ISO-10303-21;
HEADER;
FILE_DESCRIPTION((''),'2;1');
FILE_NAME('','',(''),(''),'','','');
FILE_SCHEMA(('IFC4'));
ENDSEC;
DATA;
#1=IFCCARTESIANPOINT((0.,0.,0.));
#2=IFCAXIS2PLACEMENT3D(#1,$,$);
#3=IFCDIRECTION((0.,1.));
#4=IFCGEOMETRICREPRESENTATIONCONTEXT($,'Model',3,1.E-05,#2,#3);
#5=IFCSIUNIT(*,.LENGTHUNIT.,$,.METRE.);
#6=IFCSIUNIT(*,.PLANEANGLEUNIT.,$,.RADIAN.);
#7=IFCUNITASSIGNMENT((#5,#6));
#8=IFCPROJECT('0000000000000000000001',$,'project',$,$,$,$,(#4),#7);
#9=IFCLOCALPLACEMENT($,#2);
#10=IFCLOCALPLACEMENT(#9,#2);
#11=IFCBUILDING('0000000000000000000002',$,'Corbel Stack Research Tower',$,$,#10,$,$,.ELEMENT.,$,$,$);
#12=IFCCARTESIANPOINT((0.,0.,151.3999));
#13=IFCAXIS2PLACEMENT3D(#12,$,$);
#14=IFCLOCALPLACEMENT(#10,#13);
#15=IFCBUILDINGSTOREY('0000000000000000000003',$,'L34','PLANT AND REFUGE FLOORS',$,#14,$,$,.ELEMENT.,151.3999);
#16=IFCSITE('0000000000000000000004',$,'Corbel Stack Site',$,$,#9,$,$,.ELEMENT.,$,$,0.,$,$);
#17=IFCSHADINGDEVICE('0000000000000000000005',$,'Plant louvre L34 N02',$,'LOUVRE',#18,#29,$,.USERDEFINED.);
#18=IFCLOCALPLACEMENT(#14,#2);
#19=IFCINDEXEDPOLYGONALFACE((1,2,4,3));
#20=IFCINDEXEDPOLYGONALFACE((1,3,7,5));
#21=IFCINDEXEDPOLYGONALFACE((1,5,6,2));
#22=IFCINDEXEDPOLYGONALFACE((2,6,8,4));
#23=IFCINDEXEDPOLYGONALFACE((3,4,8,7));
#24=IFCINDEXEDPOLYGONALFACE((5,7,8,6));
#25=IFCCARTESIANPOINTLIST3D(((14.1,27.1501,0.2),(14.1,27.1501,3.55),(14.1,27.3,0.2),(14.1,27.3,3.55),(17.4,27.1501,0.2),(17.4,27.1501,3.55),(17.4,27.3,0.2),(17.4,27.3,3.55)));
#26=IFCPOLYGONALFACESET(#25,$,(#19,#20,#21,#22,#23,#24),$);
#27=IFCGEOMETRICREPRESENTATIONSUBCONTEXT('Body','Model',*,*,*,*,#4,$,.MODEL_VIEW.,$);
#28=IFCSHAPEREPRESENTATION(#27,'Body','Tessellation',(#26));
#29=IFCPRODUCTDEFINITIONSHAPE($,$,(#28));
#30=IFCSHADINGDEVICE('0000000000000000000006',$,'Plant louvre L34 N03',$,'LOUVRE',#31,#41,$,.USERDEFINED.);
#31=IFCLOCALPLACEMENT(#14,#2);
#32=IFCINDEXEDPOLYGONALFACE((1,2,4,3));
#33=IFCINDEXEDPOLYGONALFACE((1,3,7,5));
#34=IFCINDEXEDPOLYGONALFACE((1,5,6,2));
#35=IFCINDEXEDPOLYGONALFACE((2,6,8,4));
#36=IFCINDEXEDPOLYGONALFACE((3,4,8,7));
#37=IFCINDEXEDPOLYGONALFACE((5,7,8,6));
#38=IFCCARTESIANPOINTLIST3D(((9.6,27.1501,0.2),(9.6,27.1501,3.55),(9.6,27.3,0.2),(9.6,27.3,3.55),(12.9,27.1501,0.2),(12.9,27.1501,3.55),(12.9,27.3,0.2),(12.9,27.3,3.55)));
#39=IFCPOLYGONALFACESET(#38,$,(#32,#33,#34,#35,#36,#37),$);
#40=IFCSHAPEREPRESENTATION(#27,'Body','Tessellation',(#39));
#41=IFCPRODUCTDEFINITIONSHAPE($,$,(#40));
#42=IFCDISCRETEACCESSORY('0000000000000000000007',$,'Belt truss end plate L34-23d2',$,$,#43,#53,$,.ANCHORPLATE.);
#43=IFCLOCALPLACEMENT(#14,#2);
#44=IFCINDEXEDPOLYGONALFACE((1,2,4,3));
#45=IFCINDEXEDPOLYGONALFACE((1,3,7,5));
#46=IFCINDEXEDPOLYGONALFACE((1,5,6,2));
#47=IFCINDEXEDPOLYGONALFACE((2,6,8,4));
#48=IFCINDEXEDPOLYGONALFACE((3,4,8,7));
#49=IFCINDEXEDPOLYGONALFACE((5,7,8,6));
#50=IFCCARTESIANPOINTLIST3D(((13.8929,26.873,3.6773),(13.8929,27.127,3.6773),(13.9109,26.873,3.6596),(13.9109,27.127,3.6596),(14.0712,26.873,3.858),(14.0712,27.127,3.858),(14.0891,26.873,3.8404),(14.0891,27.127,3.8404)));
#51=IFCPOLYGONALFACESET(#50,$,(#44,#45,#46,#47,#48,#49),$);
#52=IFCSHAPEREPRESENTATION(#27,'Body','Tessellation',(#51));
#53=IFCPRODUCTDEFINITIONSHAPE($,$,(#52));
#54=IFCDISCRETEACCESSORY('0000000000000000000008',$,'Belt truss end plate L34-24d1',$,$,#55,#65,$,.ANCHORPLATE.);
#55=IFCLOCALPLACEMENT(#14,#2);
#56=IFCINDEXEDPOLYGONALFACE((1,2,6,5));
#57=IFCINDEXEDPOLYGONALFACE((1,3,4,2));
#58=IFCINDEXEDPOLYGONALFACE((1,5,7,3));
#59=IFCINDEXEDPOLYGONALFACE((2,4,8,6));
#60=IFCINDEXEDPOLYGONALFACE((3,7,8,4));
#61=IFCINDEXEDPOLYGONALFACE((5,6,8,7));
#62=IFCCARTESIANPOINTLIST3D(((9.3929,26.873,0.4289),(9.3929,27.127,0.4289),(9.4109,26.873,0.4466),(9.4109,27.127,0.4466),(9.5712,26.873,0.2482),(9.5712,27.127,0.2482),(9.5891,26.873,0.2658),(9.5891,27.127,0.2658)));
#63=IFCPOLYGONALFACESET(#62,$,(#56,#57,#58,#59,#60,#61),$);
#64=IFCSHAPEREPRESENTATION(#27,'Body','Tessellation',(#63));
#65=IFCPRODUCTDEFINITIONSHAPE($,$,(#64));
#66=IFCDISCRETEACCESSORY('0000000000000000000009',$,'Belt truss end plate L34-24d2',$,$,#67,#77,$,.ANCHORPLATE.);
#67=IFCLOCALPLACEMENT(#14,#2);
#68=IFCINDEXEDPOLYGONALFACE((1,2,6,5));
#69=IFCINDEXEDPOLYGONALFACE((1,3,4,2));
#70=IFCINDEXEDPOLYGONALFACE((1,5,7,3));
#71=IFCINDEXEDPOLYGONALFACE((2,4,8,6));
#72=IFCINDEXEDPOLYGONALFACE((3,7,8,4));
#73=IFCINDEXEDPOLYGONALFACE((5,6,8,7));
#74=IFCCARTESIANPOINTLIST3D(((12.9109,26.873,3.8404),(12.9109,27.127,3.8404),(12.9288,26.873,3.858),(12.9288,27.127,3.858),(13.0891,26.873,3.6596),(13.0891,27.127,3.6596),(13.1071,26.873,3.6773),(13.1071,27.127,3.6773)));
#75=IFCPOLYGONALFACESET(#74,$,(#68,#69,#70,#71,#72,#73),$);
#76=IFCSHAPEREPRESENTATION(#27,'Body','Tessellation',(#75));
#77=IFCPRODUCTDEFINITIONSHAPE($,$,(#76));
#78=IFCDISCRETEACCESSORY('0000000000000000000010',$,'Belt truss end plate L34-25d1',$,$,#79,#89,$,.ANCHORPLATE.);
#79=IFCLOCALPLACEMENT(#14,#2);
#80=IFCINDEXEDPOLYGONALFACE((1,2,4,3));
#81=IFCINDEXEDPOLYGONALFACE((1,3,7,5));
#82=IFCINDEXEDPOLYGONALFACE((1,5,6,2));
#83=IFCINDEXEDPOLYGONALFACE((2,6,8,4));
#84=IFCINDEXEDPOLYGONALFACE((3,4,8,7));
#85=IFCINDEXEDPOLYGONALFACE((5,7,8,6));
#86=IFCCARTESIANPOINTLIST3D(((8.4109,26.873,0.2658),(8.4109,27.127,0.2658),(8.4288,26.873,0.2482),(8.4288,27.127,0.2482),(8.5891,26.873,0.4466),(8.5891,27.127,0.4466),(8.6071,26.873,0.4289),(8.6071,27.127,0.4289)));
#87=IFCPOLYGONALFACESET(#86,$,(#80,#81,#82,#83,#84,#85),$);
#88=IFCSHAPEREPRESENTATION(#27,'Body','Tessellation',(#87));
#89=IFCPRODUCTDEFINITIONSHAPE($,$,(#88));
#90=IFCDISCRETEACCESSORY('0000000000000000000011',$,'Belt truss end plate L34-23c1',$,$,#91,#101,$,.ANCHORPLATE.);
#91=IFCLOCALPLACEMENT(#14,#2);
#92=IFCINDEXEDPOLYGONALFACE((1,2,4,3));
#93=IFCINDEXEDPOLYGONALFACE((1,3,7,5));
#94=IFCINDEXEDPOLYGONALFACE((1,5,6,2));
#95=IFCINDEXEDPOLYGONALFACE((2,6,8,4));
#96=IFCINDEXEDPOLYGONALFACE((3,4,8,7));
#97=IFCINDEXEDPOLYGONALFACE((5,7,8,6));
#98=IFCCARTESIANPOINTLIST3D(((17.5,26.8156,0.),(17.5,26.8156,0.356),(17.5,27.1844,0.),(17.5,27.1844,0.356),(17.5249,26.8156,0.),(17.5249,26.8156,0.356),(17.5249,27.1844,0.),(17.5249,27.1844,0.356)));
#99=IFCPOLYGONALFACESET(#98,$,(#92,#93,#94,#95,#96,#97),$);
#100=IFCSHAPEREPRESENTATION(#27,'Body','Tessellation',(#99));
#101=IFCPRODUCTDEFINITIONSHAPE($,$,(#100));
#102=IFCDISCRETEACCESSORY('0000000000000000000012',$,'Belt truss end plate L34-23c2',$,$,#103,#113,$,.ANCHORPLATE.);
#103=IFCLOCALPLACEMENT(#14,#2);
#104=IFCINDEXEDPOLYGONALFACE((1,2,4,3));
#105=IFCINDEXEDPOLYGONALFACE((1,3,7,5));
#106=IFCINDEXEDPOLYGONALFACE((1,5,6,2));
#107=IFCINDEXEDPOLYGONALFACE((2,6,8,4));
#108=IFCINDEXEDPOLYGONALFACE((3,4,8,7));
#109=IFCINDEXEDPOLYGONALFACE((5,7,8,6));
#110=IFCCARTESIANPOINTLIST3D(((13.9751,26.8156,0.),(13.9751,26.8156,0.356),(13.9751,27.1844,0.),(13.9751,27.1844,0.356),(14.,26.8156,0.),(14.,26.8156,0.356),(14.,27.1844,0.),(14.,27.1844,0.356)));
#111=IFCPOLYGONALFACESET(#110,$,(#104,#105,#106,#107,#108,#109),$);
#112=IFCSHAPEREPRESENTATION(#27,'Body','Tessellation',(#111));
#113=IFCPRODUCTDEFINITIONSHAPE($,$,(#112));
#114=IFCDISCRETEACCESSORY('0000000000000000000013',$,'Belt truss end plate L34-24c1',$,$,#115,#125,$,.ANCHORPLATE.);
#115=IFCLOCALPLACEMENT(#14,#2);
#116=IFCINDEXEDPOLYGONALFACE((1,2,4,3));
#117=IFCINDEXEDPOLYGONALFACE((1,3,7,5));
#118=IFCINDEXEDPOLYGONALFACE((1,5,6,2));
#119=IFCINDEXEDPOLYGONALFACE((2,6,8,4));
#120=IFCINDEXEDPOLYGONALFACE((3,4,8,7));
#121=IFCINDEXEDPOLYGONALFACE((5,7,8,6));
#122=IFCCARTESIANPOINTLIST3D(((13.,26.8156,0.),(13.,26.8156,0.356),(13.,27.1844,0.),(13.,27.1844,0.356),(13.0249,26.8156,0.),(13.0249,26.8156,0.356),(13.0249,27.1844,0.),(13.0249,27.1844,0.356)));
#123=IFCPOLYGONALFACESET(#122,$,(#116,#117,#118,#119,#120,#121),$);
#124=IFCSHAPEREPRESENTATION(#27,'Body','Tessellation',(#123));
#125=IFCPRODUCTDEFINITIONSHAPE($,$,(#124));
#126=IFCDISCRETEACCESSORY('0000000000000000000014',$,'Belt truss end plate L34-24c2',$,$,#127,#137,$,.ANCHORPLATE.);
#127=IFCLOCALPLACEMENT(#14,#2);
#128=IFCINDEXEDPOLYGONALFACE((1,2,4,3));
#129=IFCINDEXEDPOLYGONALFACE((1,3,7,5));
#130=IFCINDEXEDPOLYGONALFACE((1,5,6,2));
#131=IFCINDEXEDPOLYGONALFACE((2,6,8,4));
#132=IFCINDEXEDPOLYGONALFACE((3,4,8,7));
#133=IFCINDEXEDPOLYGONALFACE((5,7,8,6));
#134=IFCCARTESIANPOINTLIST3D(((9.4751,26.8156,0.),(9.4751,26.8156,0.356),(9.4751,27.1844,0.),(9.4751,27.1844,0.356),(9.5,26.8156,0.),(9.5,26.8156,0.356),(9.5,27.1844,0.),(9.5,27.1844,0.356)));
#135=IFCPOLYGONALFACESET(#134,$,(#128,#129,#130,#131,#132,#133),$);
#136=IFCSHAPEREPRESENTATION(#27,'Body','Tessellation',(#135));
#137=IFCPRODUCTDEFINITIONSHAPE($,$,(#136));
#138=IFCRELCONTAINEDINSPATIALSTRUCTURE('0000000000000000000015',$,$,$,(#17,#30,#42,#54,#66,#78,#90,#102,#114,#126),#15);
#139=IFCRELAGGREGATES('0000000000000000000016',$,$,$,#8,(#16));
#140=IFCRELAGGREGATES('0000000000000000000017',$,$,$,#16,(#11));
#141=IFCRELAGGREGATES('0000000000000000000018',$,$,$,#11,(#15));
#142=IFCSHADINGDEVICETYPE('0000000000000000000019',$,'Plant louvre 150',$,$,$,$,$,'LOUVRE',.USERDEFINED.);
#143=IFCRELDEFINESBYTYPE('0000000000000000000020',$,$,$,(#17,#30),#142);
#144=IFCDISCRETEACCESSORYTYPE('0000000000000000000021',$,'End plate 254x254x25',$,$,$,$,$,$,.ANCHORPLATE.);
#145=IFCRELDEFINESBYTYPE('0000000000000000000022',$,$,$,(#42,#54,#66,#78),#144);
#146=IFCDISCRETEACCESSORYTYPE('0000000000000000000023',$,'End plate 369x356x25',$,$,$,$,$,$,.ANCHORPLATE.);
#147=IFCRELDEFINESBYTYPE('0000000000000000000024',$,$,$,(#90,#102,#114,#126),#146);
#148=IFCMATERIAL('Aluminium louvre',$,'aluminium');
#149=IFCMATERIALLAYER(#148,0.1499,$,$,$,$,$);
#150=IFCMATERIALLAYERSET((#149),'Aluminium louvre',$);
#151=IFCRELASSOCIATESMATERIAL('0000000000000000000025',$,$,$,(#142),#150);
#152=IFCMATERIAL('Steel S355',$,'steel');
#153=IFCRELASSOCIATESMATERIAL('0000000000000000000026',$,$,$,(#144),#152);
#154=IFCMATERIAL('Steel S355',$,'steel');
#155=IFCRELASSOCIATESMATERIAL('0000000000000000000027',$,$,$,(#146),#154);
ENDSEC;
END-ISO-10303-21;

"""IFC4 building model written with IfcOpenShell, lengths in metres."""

from ifc_helpers import new_model, si_unit, direction, frame, origin, origin_2d, place, context, subcontext, project, spatial, rectangle, extrude, material, layer, layer_set, material_profile, profile_set, type_object, element, save


model = new_model("IFC4")

# Units and contexts
model_context = context("Model", 3, precision=1e-05, world=origin(), true_north=direction((0.0, 1.0)))
body_context = subcontext(model_context, "Body", "Model", "MODEL_VIEW")
ifc_project = project(units=[si_unit("LENGTHUNIT", "METRE"), si_unit("PLANEANGLEUNIT", "RADIAN")], contexts=[model_context])

# Site, building, storey
site_placement = place(None, origin())
site = spatial("IfcSite", under=ifc_project, at=site_placement, Name="Corbel Stack Site", CompositionType="ELEMENT", RefElevation=0.0)
building_placement = place(site_placement, origin())
building = spatial("IfcBuilding", under=site, at=building_placement, Name="Corbel Stack Research Tower", CompositionType="ELEMENT")
storey_placement = place(building_placement, frame((0.0, 0.0, 151.3999)))
storey = spatial("IfcBuildingStorey", under=building, at=storey_placement, Name="L34", Description="PLANT AND REFUGE FLOORS", CompositionType="ELEMENT", Elevation=151.3999)

# Shading devices
ifc_material_1 = material(Name="Aluminium louvre", Category="aluminium")
ifc_layer_1 = layer(ifc_material_1, 0.1499)
ifc_layer_set_1 = layer_set([ifc_layer_1], Name="Aluminium louvre")
shading_device_type = type_object("IfcShadingDeviceType", Name="Plant louvre 150", ElementType="LOUVRE", PredefinedType="USERDEFINED", material=ifc_layer_set_1)
for number, where, z_axis, x_axis, name in (
    (1, (15.75, 27.2251, 0.2), (0.0, 0.0, 1.0), (-1.0, 0.0, 0.0), "Plant louvre L34 N02"),
    (2, (11.25, 27.2251, 0.2), (0.0, 0.0, 1.0), (-1.0, 0.0, 0.0), "Plant louvre L34 N03"),
):
    element("IfcShadingDevice", number, at=place(storey_placement, frame(where, z_axis=z_axis, x_axis=x_axis)), inside=storey, type_object=shading_device_type, Name=name, ObjectType="LOUVRE", PredefinedType="USERDEFINED", context=body_context, shape_type="SweptSolid", body=[
        extrude(rectangle(XDim=3.3, YDim=0.1499, at=origin_2d()), origin(), (0.0, 0.0, 1.0), 3.3501),
    ])

# Discrete accessories
ifc_material_2 = material(Name="Steel S355", Category="steel")
ifc_material_profile_1 = material_profile(ifc_material_2, rectangle(XDim=0.2539, YDim=0.2539, at=origin_2d()), Name="End plate 254x254x25")
ifc_profile_set_1 = profile_set([ifc_material_profile_1], Name="Steel S355")
discrete_accessory_type_1 = type_object("IfcDiscreteAccessoryType", Name="End plate 254x254x25", PredefinedType="ANCHORPLATE", material=ifc_profile_set_1)
for number, where, z_axis, x_axis, name in (
    (3, (14.0, 27.0, 3.75), (-0.711966, 0.0, 0.702213), (0.0, -1.0, 0.0), "Belt truss end plate L34-23d2"),
    (4, (9.5, 27.0, 0.3562), (-0.711966, 0.0, -0.702213), (0.0, -1.0, 0.0), "Belt truss end plate L34-24d1"),
    (5, (13.0, 27.0, 3.75), (0.711966, 0.0, 0.702213), (0.0, 1.0, 0.0), "Belt truss end plate L34-24d2"),
    (6, (8.5, 27.0, 0.3562), (0.711966, 0.0, -0.702213), (0.0, 1.0, 0.0), "Belt truss end plate L34-25d1"),
):
    element("IfcDiscreteAccessory", number, at=place(storey_placement, frame(where, z_axis=z_axis, x_axis=x_axis)), inside=storey, type_object=discrete_accessory_type_1, Name=name, PredefinedType="ANCHORPLATE", context=body_context, shape_type="SweptSolid", body=[
        extrude(rectangle(XDim=0.2539, YDim=0.2539, at=origin_2d()), origin(), (0.0, 0.0, 1.0), 0.0251),
    ])
ifc_material_3 = material(Name="Steel S355", Category="steel")
ifc_material_profile_2 = material_profile(ifc_material_3, rectangle(XDim=0.3689, YDim=0.356, at=origin_2d()), Name="End plate 369x356x25")
ifc_profile_set_2 = profile_set([ifc_material_profile_2], Name="Steel S355")
discrete_accessory_type_2 = type_object("IfcDiscreteAccessoryType", Name="End plate 369x356x25", PredefinedType="ANCHORPLATE", material=ifc_profile_set_2)
for number, where, z_axis, x_axis, name in (
    (7, (17.5, 27.0, 0.178), (1.0, 0.0, 0.0), (0.0, 1.0, 0.0), "Belt truss end plate L34-23c1"),
    (8, (14.0, 27.0, 0.178), (-1.0, 0.0, 0.0), (0.0, -1.0, 0.0), "Belt truss end plate L34-23c2"),
    (9, (13.0, 27.0, 0.178), (1.0, 0.0, 0.0), (0.0, 1.0, 0.0), "Belt truss end plate L34-24c1"),
    (10, (9.5, 27.0, 0.178), (-1.0, 0.0, 0.0), (0.0, -1.0, 0.0), "Belt truss end plate L34-24c2"),
):
    element("IfcDiscreteAccessory", number, at=place(storey_placement, frame(where, z_axis=z_axis, x_axis=x_axis)), inside=storey, type_object=discrete_accessory_type_2, Name=name, PredefinedType="ANCHORPLATE", context=body_context, shape_type="SweptSolid", body=[
        extrude(rectangle(XDim=0.3689, YDim=0.356, at=origin_2d()), origin(), (0.0, 0.0, 1.0), 0.0249),
    ])

save(model, "model.ifc")
